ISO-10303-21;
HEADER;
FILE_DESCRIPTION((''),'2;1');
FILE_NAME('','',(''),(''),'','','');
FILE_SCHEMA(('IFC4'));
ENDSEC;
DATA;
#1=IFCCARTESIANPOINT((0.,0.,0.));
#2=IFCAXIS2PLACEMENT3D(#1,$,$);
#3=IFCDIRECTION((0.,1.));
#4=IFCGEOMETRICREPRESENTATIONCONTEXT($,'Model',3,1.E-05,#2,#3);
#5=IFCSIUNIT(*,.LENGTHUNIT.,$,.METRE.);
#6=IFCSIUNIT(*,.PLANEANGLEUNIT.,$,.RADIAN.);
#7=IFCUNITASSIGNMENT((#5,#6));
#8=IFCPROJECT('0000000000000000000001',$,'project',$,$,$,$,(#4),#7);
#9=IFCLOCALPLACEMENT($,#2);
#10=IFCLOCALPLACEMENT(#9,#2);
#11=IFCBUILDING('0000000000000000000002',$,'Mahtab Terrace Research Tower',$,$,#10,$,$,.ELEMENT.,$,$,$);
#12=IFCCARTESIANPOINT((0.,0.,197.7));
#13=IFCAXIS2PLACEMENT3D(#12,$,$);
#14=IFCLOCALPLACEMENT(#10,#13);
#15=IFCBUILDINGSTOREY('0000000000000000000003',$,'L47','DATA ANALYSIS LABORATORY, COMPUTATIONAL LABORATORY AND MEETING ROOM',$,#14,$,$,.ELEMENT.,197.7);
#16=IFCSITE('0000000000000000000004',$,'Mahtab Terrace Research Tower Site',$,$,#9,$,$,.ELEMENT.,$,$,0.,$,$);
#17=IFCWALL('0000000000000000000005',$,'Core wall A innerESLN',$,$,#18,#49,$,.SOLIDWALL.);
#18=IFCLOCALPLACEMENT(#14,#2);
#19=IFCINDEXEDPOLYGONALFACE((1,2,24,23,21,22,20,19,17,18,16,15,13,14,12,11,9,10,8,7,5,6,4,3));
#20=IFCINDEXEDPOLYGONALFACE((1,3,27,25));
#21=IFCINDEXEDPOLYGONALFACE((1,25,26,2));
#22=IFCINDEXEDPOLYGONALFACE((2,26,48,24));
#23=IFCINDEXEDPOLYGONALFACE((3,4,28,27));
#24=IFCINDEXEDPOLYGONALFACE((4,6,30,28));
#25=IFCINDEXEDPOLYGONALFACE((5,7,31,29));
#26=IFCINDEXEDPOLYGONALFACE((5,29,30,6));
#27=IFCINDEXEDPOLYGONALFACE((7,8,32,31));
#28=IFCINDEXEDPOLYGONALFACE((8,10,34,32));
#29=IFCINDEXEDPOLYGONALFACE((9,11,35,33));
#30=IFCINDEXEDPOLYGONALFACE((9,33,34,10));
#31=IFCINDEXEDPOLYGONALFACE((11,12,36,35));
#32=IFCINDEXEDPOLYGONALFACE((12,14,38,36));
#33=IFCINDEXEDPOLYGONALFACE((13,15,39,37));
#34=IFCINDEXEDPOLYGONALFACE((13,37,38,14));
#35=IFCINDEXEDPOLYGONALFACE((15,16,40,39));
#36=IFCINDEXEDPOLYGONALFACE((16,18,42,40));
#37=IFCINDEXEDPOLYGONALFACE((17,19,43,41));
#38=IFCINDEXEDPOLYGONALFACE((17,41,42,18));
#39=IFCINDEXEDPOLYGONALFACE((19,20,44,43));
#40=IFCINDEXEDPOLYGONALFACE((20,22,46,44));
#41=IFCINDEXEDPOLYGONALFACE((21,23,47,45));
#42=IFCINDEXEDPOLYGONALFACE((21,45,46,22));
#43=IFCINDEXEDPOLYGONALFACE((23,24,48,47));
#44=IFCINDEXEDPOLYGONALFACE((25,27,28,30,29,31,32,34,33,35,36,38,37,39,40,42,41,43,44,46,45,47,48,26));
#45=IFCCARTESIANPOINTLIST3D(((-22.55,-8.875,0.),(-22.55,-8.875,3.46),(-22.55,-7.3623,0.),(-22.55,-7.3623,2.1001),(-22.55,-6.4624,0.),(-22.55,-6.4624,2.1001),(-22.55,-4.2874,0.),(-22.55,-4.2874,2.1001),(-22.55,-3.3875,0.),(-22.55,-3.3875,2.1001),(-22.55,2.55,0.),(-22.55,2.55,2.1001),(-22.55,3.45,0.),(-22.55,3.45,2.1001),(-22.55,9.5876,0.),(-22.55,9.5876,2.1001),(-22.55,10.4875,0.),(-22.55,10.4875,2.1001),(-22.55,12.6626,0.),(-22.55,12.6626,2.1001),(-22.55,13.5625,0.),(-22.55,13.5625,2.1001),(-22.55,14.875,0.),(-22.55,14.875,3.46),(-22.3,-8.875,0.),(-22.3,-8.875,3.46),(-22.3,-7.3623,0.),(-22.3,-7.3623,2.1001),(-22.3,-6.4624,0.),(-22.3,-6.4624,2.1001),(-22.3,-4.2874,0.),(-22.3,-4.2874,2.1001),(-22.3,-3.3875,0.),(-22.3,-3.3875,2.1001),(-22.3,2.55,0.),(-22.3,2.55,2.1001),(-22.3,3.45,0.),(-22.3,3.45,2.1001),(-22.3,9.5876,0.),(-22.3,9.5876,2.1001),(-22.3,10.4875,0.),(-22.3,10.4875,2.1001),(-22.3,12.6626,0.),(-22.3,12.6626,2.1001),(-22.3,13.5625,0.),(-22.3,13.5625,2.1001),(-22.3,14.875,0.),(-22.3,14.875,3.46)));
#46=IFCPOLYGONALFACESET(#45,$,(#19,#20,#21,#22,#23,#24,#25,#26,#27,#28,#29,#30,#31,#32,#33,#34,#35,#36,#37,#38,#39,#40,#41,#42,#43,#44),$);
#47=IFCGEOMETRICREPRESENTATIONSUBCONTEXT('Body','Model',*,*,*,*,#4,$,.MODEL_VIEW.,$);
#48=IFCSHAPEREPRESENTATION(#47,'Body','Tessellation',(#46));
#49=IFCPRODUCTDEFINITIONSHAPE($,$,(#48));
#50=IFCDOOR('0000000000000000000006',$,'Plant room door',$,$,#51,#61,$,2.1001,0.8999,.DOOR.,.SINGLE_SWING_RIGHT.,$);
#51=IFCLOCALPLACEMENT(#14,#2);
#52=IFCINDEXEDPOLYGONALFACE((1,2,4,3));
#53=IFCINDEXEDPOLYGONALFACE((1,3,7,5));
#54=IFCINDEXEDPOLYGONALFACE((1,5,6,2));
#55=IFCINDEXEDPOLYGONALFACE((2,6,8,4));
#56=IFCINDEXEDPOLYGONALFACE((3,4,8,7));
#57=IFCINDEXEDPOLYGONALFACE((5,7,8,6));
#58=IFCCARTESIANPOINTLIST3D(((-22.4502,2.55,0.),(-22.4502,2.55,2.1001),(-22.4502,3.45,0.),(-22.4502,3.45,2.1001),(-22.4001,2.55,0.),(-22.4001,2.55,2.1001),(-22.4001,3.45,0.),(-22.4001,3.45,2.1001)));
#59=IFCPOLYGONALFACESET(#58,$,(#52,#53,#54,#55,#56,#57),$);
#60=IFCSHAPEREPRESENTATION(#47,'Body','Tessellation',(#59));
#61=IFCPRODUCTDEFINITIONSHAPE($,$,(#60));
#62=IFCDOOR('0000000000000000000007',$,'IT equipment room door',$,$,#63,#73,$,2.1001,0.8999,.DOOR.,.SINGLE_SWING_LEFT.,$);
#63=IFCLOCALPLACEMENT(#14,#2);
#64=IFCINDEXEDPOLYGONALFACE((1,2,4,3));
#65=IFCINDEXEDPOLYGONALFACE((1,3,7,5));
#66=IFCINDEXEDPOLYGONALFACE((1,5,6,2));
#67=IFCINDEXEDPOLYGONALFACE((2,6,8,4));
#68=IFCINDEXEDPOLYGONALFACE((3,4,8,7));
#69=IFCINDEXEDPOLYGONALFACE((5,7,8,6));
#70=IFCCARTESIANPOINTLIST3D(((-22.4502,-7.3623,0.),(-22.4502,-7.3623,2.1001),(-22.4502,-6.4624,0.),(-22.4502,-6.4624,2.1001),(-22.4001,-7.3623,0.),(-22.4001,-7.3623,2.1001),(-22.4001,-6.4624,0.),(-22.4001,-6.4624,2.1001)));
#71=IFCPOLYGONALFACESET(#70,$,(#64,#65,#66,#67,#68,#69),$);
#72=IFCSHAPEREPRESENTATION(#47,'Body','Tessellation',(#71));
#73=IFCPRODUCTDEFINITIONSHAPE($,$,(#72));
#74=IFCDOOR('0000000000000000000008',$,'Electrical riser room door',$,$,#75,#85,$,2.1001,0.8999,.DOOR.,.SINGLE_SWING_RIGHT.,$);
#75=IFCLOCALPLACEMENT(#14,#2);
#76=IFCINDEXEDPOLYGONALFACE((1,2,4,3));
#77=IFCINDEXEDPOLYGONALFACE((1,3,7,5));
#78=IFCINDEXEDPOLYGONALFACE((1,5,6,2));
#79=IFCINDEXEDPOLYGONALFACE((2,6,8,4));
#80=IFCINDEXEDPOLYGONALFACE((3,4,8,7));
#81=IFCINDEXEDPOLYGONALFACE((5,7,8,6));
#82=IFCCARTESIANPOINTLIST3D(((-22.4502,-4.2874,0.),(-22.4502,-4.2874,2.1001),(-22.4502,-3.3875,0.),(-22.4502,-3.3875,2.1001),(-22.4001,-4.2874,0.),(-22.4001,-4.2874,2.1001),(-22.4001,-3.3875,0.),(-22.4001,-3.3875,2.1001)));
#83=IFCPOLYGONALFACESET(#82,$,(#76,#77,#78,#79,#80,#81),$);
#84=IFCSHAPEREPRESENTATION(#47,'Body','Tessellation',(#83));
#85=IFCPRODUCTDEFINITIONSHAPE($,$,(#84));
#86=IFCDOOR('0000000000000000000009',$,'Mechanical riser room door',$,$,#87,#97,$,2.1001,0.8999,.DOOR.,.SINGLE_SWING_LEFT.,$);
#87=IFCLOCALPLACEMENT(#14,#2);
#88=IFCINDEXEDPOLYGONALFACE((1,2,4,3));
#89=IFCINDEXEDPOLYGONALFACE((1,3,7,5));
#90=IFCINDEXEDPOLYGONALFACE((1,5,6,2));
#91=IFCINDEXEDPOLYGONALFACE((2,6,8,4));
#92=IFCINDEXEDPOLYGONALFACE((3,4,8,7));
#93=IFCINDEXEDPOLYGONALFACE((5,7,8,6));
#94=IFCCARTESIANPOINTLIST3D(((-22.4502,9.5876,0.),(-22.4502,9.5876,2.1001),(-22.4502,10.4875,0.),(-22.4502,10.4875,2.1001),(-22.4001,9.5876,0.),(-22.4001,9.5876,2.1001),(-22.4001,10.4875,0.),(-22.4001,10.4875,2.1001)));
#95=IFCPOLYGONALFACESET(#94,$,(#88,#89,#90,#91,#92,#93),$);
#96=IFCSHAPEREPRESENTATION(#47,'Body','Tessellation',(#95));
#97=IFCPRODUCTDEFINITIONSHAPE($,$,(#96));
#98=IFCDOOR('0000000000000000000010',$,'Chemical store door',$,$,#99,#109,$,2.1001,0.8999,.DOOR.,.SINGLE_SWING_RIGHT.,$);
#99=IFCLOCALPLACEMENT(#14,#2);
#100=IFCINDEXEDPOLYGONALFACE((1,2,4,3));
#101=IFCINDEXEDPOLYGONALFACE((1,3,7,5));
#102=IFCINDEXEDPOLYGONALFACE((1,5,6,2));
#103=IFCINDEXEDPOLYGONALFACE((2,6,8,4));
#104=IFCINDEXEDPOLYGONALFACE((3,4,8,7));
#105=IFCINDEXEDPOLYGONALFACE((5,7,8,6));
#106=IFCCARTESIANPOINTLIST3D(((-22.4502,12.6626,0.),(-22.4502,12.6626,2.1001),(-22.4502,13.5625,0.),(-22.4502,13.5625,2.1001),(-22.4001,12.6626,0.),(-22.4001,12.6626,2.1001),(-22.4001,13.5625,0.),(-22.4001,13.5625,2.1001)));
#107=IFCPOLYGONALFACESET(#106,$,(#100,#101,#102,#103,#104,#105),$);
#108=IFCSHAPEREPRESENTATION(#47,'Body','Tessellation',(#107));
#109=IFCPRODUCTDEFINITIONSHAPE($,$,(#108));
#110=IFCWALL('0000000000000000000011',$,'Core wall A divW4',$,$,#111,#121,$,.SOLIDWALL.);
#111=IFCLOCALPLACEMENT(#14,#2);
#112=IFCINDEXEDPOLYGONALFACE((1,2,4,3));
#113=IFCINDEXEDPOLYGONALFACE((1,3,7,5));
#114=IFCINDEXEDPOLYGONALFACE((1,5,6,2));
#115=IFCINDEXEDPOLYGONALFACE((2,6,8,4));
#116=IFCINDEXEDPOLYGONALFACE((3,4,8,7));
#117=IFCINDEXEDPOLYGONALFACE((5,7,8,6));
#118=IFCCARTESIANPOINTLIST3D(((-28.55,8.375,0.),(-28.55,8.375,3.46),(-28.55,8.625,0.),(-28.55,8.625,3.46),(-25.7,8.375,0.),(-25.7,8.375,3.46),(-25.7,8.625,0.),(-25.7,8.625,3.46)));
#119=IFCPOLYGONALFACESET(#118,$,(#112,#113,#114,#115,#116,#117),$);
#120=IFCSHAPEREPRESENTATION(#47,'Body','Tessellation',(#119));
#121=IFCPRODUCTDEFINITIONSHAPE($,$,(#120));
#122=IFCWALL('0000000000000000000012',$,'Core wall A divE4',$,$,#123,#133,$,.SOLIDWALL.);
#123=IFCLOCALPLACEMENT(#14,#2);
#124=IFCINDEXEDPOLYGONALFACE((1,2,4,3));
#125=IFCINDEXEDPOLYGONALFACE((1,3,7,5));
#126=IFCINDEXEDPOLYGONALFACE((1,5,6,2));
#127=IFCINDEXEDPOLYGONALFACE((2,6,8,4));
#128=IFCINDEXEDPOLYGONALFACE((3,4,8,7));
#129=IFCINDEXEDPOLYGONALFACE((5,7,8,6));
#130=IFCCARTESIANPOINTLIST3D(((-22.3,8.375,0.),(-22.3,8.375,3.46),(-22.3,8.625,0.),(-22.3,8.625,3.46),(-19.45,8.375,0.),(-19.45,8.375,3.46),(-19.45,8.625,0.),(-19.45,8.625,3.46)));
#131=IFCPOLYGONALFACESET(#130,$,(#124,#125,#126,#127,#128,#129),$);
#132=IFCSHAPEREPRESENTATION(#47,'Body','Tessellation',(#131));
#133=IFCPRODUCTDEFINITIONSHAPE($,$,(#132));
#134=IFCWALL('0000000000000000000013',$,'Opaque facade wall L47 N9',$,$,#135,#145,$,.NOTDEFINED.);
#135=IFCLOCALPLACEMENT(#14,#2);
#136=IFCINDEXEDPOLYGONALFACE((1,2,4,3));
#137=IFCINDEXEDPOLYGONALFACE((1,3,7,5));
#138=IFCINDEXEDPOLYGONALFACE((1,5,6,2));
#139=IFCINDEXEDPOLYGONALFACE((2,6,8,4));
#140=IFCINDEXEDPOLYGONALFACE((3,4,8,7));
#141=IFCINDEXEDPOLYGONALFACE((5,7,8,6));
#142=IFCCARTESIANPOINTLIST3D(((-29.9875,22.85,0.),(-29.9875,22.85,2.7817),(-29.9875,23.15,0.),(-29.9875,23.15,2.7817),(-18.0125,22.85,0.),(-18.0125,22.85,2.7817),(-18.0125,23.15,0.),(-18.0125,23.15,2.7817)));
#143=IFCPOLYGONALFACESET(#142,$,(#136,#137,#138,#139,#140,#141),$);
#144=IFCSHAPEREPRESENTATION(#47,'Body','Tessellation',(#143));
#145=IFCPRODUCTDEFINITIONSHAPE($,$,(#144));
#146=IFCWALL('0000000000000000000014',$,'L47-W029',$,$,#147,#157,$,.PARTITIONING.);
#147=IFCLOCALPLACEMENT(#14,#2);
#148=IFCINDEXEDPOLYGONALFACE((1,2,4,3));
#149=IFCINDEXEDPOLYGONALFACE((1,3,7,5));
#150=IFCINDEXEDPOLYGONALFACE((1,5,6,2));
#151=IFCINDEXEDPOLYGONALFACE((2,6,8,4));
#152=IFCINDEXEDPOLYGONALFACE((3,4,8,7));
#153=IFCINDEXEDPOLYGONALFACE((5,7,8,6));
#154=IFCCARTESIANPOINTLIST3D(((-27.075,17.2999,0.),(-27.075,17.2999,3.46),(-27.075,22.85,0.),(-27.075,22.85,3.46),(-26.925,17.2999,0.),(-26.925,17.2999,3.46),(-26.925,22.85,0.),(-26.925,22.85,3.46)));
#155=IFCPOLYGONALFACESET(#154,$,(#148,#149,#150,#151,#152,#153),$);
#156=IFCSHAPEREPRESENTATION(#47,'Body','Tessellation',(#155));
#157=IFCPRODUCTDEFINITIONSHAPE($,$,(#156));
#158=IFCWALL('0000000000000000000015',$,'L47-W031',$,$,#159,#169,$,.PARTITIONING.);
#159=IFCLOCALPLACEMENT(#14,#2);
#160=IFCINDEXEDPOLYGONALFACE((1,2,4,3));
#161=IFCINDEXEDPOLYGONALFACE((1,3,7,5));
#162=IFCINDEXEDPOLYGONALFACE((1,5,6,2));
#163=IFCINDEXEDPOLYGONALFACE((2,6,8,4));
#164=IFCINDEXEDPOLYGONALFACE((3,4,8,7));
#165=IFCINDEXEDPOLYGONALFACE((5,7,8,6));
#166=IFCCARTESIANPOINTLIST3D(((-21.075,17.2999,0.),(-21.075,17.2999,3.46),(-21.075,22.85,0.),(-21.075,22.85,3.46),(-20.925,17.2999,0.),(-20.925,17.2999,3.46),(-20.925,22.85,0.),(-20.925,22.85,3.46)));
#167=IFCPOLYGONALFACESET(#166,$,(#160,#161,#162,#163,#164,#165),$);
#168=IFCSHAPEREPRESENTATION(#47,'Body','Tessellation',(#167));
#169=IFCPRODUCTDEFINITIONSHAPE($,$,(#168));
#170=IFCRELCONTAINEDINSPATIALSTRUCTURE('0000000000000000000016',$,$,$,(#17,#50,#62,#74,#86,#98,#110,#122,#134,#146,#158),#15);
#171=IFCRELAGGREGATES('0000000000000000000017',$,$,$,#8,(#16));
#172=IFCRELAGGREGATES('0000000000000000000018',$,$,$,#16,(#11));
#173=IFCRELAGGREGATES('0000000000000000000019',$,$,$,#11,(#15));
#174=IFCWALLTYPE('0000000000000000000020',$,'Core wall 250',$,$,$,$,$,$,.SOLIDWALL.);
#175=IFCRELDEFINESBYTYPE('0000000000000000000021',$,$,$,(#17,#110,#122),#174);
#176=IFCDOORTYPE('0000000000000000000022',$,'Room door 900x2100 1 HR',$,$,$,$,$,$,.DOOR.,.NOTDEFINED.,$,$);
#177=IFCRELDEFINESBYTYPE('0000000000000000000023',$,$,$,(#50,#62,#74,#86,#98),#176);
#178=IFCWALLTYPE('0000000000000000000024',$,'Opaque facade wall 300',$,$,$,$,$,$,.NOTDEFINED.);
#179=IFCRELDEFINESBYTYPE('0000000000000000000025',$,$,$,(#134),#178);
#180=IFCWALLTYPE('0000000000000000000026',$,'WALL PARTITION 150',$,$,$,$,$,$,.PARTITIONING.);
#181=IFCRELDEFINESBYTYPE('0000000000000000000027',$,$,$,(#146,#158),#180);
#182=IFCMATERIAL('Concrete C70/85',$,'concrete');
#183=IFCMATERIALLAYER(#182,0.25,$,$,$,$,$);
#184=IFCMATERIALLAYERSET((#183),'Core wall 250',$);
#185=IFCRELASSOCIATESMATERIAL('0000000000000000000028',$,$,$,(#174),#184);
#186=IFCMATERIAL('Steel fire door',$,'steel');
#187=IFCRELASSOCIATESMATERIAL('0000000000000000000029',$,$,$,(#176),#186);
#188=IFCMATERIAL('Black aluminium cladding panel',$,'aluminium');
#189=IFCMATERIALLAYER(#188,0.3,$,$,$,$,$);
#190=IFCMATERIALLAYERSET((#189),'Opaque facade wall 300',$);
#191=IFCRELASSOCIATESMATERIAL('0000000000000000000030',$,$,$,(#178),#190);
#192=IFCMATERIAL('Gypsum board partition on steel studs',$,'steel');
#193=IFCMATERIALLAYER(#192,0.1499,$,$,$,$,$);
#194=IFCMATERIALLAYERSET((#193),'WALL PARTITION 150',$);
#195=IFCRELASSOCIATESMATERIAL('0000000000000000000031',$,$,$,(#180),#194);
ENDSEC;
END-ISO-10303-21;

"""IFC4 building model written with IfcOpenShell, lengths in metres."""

from ifc_helpers import new_model, si_unit, direction, frame, frame_2d, origin, place, context, subcontext, project, spatial, rectangle, extrude, material, layer, layer_set, type_object, element, fill, save


model = new_model("IFC4")

# Units and contexts
model_context = context("Model", 3, precision=1e-05, world=origin(), true_north=direction((0.0, 1.0)))
body_context = subcontext(model_context, "Body", "Model", "MODEL_VIEW")
ifc_project = project(units=[si_unit("LENGTHUNIT", "METRE"), si_unit("PLANEANGLEUNIT", "RADIAN")], contexts=[model_context])

# Site, building, storey
site_placement = place(None, origin())
site = spatial("IfcSite", under=ifc_project, at=site_placement, Name="Mahtab Terrace Research Tower Site", CompositionType="ELEMENT", RefElevation=0.0)
building_placement = place(site_placement, origin())
building = spatial("IfcBuilding", under=site, at=building_placement, Name="Mahtab Terrace Research Tower", CompositionType="ELEMENT")
storey_placement = place(building_placement, frame((0.0, 0.0, 197.7)))
storey = spatial("IfcBuildingStorey", under=building, at=storey_placement, Name="L47", Description="DATA ANALYSIS LABORATORY, COMPUTATIONAL LABORATORY AND MEETING ROOM", CompositionType="ELEMENT", Elevation=197.7)

# Shared definitions
ifc_material_1 = material(Name="Concrete C70/85", Category="concrete")
ifc_layer_1 = layer(ifc_material_1, 0.25)
ifc_layer_set_1 = layer_set([ifc_layer_1], Name="Core wall 250")
wall_type_1 = type_object("IfcWallType", Name="Core wall 250", PredefinedType="SOLIDWALL", material=ifc_layer_set_1)

# Shared definitions
ifc_material_2 = material(Name="Steel fire door", Category="steel")

# Wall, openings, doors
wall_1_placement = place(storey_placement, frame((-22.425, 14.875, 0.0), z_axis=(0.0, 0.0, 1.0), x_axis=(0.0, -1.0, 0.0)))
wall_1 = element("IfcWall", 1, at=wall_1_placement, inside=storey, type_object=wall_type_1, Name="Core wall A innerESLN", PredefinedType="SOLIDWALL", context=body_context, shape_type="SweptSolid", body=[
    extrude(rectangle(XDim=23.75, YDim=0.25, at=frame_2d((11.875, 0.0))), origin(), (0.0, 0.0, 1.0), 3.46),
])
opening_1_placement = place(wall_1_placement, frame((11.425, 0.0, 0.0)))
opening_1 = element("IfcOpeningElement", 2, at=opening_1_placement, cuts=wall_1, PredefinedType="OPENING", context=body_context, shape_type="SweptSolid", body=[
    extrude(rectangle(XDim=0.8999, YDim=2.1001, at=frame_2d((0.45, 1.05))), frame((0.0, 0.135, 0.0), z_axis=(0.0, -1.0, 0.0), x_axis=(1.0, 0.0, 0.0)), (0.0, 0.0, 1.0), 0.27),
])
opening_2_placement = place(wall_1_placement, frame((21.3374, 0.0, 0.0)))
opening_2 = element("IfcOpeningElement", 3, at=opening_2_placement, cuts=wall_1, PredefinedType="OPENING", context=body_context, shape_type="SweptSolid", body=[
    extrude(rectangle(XDim=0.8999, YDim=2.1001, at=frame_2d((0.45, 1.05))), frame((0.0, 0.135, 0.0), z_axis=(0.0, -1.0, 0.0), x_axis=(1.0, 0.0, 0.0)), (0.0, 0.0, 1.0), 0.27),
])
opening_3_placement = place(wall_1_placement, frame((18.2625, 0.0, 0.0)))
opening_3 = element("IfcOpeningElement", 4, at=opening_3_placement, cuts=wall_1, PredefinedType="OPENING", context=body_context, shape_type="SweptSolid", body=[
    extrude(rectangle(XDim=0.8999, YDim=2.1001, at=frame_2d((0.45, 1.05))), frame((0.0, 0.135, 0.0), z_axis=(0.0, -1.0, 0.0), x_axis=(1.0, 0.0, 0.0)), (0.0, 0.0, 1.0), 0.27),
])
opening_4_placement = place(wall_1_placement, frame((4.3875, 0.0, 0.0)))
opening_4 = element("IfcOpeningElement", 5, at=opening_4_placement, cuts=wall_1, PredefinedType="OPENING", context=body_context, shape_type="SweptSolid", body=[
    extrude(rectangle(XDim=0.8999, YDim=2.1001, at=frame_2d((0.45, 1.05))), frame((0.0, 0.135, 0.0), z_axis=(0.0, -1.0, 0.0), x_axis=(1.0, 0.0, 0.0)), (0.0, 0.0, 1.0), 0.27),
])
opening_5_placement = place(wall_1_placement, frame((1.3125, 0.0, 0.0)))
opening_5 = element("IfcOpeningElement", 6, at=opening_5_placement, cuts=wall_1, PredefinedType="OPENING", context=body_context, shape_type="SweptSolid", body=[
    extrude(rectangle(XDim=0.8999, YDim=2.1001, at=frame_2d((0.45, 1.05))), frame((0.0, 0.135, 0.0), z_axis=(0.0, -1.0, 0.0), x_axis=(1.0, 0.0, 0.0)), (0.0, 0.0, 1.0), 0.27),
])
door_type_1 = type_object("IfcDoorType", Name="Room door 900x2100 1 HR", OperationType="NOTDEFINED", PredefinedType="DOOR", material=ifc_material_2)
door_1_placement = place(opening_1_placement, origin())
door_1 = element("IfcDoor", 7, at=door_1_placement, inside=storey, type_object=door_type_1, Name="Plant room door", OperationType="SINGLE_SWING_RIGHT", OverallHeight=2.1001, OverallWidth=0.8999, PredefinedType="DOOR", context=body_context, shape_type="SweptSolid", body=[
    extrude(rectangle(XDim=0.8999, YDim=2.1001, at=frame_2d((0.45, 1.05))), frame((0.0, 0.0249, 0.0), z_axis=(0.0, -1.0, 0.0), x_axis=(1.0, 0.0, 0.0)), (0.0, 0.0, 1.0), 0.05),
])
fill(opening_1, door_1)
door_2_placement = place(opening_2_placement, origin())
door_2 = element("IfcDoor", 8, at=door_2_placement, inside=storey, type_object=door_type_1, Name="IT equipment room door", OperationType="SINGLE_SWING_LEFT", OverallHeight=2.1001, OverallWidth=0.8999, PredefinedType="DOOR", context=body_context, shape_type="SweptSolid", body=[
    extrude(rectangle(XDim=0.8999, YDim=2.1001, at=frame_2d((0.45, 1.05))), frame((0.0, 0.0249, 0.0), z_axis=(0.0, -1.0, 0.0), x_axis=(1.0, 0.0, 0.0)), (0.0, 0.0, 1.0), 0.05),
])
fill(opening_2, door_2)
door_3_placement = place(opening_3_placement, origin())
door_3 = element("IfcDoor", 9, at=door_3_placement, inside=storey, type_object=door_type_1, Name="Electrical riser room door", OperationType="SINGLE_SWING_RIGHT", OverallHeight=2.1001, OverallWidth=0.8999, PredefinedType="DOOR", context=body_context, shape_type="SweptSolid", body=[
    extrude(rectangle(XDim=0.8999, YDim=2.1001, at=frame_2d((0.45, 1.05))), frame((0.0, 0.0249, 0.0), z_axis=(0.0, -1.0, 0.0), x_axis=(1.0, 0.0, 0.0)), (0.0, 0.0, 1.0), 0.05),
])
fill(opening_3, door_3)
door_4_placement = place(opening_4_placement, origin())
door_4 = element("IfcDoor", 10, at=door_4_placement, inside=storey, type_object=door_type_1, Name="Mechanical riser room door", OperationType="SINGLE_SWING_LEFT", OverallHeight=2.1001, OverallWidth=0.8999, PredefinedType="DOOR", context=body_context, shape_type="SweptSolid", body=[
    extrude(rectangle(XDim=0.8999, YDim=2.1001, at=frame_2d((0.45, 1.05))), frame((0.0, 0.0249, 0.0), z_axis=(0.0, -1.0, 0.0), x_axis=(1.0, 0.0, 0.0)), (0.0, 0.0, 1.0), 0.05),
])
fill(opening_4, door_4)
door_5_placement = place(opening_5_placement, origin())
door_5 = element("IfcDoor", 11, at=door_5_placement, inside=storey, type_object=door_type_1, Name="Chemical store door", OperationType="SINGLE_SWING_RIGHT", OverallHeight=2.1001, OverallWidth=0.8999, PredefinedType="DOOR", context=body_context, shape_type="SweptSolid", body=[
    extrude(rectangle(XDim=0.8999, YDim=2.1001, at=frame_2d((0.45, 1.05))), frame((0.0, 0.0249, 0.0), z_axis=(0.0, -1.0, 0.0), x_axis=(1.0, 0.0, 0.0)), (0.0, 0.0, 1.0), 0.05),
])
fill(opening_5, door_5)

# Walls
for number, where, z_axis, x_axis, name in (
    (12, (-28.55, 8.5, 0.0), (0.0, 0.0, 1.0), (1.0, 0.0, 0.0), "Core wall A divW4"),
    (13, (-22.3, 8.5, 0.0), (0.0, 0.0, 1.0), (1.0, 0.0, 0.0), "Core wall A divE4"),
):
    element("IfcWall", number, at=place(storey_placement, frame(where, z_axis=z_axis, x_axis=x_axis)), inside=storey, type_object=wall_type_1, Name=name, PredefinedType="SOLIDWALL", context=body_context, shape_type="SweptSolid", body=[
        extrude(rectangle(XDim=2.8501, YDim=0.25, at=frame_2d((1.425, 0.0))), origin(), (0.0, 0.0, 1.0), 3.46),
    ])
ifc_material_3 = material(Name="Black aluminium cladding panel", Category="aluminium")
ifc_layer_2 = layer(ifc_material_3, 0.3)
ifc_layer_set_2 = layer_set([ifc_layer_2], Name="Opaque facade wall 300")
wall_type_2 = type_object("IfcWallType", Name="Opaque facade wall 300", PredefinedType="NOTDEFINED", material=ifc_layer_set_2)
wall_2_placement = place(storey_placement, frame((-18.0125, 23.0, 0.0), z_axis=(0.0, 0.0, 1.0), x_axis=(-1.0, 0.0, 0.0)))
element("IfcWall", 14, at=wall_2_placement, inside=storey, type_object=wall_type_2, Name="Opaque facade wall L47 N9", PredefinedType="NOTDEFINED", context=body_context, shape_type="SweptSolid", body=[
    extrude(rectangle(XDim=11.9751, YDim=0.3, at=frame_2d((5.9875, 0.0))), origin(), (0.0, 0.0, 1.0), 2.7817),
])
ifc_material_4 = material(Name="Gypsum board partition on steel studs", Category="steel")
ifc_layer_3 = layer(ifc_material_4, 0.1499)
ifc_layer_set_3 = layer_set([ifc_layer_3], Name="WALL PARTITION 150")
wall_type_3 = type_object("IfcWallType", Name="WALL PARTITION 150", PredefinedType="PARTITIONING", material=ifc_layer_set_3)
for number, where, z_axis, x_axis, name in (
    (15, (-27.0, 17.3, 0.0), (0.0, 0.0, 1.0), (0.0, 1.0, 0.0), "L47-W029"),
    (16, (-21.0, 17.3, 0.0), (0.0, 0.0, 1.0), (0.0, 1.0, 0.0), "L47-W031"),
):
    element("IfcWall", number, at=place(storey_placement, frame(where, z_axis=z_axis, x_axis=x_axis)), inside=storey, type_object=wall_type_3, Name=name, PredefinedType="PARTITIONING", context=body_context, shape_type="SweptSolid", body=[
        extrude(rectangle(XDim=5.55, YDim=0.1499, at=frame_2d((2.7749, 0.0))), origin(), (0.0, 0.0, 1.0), 3.46),
    ])

save(model, "model.ifc")
